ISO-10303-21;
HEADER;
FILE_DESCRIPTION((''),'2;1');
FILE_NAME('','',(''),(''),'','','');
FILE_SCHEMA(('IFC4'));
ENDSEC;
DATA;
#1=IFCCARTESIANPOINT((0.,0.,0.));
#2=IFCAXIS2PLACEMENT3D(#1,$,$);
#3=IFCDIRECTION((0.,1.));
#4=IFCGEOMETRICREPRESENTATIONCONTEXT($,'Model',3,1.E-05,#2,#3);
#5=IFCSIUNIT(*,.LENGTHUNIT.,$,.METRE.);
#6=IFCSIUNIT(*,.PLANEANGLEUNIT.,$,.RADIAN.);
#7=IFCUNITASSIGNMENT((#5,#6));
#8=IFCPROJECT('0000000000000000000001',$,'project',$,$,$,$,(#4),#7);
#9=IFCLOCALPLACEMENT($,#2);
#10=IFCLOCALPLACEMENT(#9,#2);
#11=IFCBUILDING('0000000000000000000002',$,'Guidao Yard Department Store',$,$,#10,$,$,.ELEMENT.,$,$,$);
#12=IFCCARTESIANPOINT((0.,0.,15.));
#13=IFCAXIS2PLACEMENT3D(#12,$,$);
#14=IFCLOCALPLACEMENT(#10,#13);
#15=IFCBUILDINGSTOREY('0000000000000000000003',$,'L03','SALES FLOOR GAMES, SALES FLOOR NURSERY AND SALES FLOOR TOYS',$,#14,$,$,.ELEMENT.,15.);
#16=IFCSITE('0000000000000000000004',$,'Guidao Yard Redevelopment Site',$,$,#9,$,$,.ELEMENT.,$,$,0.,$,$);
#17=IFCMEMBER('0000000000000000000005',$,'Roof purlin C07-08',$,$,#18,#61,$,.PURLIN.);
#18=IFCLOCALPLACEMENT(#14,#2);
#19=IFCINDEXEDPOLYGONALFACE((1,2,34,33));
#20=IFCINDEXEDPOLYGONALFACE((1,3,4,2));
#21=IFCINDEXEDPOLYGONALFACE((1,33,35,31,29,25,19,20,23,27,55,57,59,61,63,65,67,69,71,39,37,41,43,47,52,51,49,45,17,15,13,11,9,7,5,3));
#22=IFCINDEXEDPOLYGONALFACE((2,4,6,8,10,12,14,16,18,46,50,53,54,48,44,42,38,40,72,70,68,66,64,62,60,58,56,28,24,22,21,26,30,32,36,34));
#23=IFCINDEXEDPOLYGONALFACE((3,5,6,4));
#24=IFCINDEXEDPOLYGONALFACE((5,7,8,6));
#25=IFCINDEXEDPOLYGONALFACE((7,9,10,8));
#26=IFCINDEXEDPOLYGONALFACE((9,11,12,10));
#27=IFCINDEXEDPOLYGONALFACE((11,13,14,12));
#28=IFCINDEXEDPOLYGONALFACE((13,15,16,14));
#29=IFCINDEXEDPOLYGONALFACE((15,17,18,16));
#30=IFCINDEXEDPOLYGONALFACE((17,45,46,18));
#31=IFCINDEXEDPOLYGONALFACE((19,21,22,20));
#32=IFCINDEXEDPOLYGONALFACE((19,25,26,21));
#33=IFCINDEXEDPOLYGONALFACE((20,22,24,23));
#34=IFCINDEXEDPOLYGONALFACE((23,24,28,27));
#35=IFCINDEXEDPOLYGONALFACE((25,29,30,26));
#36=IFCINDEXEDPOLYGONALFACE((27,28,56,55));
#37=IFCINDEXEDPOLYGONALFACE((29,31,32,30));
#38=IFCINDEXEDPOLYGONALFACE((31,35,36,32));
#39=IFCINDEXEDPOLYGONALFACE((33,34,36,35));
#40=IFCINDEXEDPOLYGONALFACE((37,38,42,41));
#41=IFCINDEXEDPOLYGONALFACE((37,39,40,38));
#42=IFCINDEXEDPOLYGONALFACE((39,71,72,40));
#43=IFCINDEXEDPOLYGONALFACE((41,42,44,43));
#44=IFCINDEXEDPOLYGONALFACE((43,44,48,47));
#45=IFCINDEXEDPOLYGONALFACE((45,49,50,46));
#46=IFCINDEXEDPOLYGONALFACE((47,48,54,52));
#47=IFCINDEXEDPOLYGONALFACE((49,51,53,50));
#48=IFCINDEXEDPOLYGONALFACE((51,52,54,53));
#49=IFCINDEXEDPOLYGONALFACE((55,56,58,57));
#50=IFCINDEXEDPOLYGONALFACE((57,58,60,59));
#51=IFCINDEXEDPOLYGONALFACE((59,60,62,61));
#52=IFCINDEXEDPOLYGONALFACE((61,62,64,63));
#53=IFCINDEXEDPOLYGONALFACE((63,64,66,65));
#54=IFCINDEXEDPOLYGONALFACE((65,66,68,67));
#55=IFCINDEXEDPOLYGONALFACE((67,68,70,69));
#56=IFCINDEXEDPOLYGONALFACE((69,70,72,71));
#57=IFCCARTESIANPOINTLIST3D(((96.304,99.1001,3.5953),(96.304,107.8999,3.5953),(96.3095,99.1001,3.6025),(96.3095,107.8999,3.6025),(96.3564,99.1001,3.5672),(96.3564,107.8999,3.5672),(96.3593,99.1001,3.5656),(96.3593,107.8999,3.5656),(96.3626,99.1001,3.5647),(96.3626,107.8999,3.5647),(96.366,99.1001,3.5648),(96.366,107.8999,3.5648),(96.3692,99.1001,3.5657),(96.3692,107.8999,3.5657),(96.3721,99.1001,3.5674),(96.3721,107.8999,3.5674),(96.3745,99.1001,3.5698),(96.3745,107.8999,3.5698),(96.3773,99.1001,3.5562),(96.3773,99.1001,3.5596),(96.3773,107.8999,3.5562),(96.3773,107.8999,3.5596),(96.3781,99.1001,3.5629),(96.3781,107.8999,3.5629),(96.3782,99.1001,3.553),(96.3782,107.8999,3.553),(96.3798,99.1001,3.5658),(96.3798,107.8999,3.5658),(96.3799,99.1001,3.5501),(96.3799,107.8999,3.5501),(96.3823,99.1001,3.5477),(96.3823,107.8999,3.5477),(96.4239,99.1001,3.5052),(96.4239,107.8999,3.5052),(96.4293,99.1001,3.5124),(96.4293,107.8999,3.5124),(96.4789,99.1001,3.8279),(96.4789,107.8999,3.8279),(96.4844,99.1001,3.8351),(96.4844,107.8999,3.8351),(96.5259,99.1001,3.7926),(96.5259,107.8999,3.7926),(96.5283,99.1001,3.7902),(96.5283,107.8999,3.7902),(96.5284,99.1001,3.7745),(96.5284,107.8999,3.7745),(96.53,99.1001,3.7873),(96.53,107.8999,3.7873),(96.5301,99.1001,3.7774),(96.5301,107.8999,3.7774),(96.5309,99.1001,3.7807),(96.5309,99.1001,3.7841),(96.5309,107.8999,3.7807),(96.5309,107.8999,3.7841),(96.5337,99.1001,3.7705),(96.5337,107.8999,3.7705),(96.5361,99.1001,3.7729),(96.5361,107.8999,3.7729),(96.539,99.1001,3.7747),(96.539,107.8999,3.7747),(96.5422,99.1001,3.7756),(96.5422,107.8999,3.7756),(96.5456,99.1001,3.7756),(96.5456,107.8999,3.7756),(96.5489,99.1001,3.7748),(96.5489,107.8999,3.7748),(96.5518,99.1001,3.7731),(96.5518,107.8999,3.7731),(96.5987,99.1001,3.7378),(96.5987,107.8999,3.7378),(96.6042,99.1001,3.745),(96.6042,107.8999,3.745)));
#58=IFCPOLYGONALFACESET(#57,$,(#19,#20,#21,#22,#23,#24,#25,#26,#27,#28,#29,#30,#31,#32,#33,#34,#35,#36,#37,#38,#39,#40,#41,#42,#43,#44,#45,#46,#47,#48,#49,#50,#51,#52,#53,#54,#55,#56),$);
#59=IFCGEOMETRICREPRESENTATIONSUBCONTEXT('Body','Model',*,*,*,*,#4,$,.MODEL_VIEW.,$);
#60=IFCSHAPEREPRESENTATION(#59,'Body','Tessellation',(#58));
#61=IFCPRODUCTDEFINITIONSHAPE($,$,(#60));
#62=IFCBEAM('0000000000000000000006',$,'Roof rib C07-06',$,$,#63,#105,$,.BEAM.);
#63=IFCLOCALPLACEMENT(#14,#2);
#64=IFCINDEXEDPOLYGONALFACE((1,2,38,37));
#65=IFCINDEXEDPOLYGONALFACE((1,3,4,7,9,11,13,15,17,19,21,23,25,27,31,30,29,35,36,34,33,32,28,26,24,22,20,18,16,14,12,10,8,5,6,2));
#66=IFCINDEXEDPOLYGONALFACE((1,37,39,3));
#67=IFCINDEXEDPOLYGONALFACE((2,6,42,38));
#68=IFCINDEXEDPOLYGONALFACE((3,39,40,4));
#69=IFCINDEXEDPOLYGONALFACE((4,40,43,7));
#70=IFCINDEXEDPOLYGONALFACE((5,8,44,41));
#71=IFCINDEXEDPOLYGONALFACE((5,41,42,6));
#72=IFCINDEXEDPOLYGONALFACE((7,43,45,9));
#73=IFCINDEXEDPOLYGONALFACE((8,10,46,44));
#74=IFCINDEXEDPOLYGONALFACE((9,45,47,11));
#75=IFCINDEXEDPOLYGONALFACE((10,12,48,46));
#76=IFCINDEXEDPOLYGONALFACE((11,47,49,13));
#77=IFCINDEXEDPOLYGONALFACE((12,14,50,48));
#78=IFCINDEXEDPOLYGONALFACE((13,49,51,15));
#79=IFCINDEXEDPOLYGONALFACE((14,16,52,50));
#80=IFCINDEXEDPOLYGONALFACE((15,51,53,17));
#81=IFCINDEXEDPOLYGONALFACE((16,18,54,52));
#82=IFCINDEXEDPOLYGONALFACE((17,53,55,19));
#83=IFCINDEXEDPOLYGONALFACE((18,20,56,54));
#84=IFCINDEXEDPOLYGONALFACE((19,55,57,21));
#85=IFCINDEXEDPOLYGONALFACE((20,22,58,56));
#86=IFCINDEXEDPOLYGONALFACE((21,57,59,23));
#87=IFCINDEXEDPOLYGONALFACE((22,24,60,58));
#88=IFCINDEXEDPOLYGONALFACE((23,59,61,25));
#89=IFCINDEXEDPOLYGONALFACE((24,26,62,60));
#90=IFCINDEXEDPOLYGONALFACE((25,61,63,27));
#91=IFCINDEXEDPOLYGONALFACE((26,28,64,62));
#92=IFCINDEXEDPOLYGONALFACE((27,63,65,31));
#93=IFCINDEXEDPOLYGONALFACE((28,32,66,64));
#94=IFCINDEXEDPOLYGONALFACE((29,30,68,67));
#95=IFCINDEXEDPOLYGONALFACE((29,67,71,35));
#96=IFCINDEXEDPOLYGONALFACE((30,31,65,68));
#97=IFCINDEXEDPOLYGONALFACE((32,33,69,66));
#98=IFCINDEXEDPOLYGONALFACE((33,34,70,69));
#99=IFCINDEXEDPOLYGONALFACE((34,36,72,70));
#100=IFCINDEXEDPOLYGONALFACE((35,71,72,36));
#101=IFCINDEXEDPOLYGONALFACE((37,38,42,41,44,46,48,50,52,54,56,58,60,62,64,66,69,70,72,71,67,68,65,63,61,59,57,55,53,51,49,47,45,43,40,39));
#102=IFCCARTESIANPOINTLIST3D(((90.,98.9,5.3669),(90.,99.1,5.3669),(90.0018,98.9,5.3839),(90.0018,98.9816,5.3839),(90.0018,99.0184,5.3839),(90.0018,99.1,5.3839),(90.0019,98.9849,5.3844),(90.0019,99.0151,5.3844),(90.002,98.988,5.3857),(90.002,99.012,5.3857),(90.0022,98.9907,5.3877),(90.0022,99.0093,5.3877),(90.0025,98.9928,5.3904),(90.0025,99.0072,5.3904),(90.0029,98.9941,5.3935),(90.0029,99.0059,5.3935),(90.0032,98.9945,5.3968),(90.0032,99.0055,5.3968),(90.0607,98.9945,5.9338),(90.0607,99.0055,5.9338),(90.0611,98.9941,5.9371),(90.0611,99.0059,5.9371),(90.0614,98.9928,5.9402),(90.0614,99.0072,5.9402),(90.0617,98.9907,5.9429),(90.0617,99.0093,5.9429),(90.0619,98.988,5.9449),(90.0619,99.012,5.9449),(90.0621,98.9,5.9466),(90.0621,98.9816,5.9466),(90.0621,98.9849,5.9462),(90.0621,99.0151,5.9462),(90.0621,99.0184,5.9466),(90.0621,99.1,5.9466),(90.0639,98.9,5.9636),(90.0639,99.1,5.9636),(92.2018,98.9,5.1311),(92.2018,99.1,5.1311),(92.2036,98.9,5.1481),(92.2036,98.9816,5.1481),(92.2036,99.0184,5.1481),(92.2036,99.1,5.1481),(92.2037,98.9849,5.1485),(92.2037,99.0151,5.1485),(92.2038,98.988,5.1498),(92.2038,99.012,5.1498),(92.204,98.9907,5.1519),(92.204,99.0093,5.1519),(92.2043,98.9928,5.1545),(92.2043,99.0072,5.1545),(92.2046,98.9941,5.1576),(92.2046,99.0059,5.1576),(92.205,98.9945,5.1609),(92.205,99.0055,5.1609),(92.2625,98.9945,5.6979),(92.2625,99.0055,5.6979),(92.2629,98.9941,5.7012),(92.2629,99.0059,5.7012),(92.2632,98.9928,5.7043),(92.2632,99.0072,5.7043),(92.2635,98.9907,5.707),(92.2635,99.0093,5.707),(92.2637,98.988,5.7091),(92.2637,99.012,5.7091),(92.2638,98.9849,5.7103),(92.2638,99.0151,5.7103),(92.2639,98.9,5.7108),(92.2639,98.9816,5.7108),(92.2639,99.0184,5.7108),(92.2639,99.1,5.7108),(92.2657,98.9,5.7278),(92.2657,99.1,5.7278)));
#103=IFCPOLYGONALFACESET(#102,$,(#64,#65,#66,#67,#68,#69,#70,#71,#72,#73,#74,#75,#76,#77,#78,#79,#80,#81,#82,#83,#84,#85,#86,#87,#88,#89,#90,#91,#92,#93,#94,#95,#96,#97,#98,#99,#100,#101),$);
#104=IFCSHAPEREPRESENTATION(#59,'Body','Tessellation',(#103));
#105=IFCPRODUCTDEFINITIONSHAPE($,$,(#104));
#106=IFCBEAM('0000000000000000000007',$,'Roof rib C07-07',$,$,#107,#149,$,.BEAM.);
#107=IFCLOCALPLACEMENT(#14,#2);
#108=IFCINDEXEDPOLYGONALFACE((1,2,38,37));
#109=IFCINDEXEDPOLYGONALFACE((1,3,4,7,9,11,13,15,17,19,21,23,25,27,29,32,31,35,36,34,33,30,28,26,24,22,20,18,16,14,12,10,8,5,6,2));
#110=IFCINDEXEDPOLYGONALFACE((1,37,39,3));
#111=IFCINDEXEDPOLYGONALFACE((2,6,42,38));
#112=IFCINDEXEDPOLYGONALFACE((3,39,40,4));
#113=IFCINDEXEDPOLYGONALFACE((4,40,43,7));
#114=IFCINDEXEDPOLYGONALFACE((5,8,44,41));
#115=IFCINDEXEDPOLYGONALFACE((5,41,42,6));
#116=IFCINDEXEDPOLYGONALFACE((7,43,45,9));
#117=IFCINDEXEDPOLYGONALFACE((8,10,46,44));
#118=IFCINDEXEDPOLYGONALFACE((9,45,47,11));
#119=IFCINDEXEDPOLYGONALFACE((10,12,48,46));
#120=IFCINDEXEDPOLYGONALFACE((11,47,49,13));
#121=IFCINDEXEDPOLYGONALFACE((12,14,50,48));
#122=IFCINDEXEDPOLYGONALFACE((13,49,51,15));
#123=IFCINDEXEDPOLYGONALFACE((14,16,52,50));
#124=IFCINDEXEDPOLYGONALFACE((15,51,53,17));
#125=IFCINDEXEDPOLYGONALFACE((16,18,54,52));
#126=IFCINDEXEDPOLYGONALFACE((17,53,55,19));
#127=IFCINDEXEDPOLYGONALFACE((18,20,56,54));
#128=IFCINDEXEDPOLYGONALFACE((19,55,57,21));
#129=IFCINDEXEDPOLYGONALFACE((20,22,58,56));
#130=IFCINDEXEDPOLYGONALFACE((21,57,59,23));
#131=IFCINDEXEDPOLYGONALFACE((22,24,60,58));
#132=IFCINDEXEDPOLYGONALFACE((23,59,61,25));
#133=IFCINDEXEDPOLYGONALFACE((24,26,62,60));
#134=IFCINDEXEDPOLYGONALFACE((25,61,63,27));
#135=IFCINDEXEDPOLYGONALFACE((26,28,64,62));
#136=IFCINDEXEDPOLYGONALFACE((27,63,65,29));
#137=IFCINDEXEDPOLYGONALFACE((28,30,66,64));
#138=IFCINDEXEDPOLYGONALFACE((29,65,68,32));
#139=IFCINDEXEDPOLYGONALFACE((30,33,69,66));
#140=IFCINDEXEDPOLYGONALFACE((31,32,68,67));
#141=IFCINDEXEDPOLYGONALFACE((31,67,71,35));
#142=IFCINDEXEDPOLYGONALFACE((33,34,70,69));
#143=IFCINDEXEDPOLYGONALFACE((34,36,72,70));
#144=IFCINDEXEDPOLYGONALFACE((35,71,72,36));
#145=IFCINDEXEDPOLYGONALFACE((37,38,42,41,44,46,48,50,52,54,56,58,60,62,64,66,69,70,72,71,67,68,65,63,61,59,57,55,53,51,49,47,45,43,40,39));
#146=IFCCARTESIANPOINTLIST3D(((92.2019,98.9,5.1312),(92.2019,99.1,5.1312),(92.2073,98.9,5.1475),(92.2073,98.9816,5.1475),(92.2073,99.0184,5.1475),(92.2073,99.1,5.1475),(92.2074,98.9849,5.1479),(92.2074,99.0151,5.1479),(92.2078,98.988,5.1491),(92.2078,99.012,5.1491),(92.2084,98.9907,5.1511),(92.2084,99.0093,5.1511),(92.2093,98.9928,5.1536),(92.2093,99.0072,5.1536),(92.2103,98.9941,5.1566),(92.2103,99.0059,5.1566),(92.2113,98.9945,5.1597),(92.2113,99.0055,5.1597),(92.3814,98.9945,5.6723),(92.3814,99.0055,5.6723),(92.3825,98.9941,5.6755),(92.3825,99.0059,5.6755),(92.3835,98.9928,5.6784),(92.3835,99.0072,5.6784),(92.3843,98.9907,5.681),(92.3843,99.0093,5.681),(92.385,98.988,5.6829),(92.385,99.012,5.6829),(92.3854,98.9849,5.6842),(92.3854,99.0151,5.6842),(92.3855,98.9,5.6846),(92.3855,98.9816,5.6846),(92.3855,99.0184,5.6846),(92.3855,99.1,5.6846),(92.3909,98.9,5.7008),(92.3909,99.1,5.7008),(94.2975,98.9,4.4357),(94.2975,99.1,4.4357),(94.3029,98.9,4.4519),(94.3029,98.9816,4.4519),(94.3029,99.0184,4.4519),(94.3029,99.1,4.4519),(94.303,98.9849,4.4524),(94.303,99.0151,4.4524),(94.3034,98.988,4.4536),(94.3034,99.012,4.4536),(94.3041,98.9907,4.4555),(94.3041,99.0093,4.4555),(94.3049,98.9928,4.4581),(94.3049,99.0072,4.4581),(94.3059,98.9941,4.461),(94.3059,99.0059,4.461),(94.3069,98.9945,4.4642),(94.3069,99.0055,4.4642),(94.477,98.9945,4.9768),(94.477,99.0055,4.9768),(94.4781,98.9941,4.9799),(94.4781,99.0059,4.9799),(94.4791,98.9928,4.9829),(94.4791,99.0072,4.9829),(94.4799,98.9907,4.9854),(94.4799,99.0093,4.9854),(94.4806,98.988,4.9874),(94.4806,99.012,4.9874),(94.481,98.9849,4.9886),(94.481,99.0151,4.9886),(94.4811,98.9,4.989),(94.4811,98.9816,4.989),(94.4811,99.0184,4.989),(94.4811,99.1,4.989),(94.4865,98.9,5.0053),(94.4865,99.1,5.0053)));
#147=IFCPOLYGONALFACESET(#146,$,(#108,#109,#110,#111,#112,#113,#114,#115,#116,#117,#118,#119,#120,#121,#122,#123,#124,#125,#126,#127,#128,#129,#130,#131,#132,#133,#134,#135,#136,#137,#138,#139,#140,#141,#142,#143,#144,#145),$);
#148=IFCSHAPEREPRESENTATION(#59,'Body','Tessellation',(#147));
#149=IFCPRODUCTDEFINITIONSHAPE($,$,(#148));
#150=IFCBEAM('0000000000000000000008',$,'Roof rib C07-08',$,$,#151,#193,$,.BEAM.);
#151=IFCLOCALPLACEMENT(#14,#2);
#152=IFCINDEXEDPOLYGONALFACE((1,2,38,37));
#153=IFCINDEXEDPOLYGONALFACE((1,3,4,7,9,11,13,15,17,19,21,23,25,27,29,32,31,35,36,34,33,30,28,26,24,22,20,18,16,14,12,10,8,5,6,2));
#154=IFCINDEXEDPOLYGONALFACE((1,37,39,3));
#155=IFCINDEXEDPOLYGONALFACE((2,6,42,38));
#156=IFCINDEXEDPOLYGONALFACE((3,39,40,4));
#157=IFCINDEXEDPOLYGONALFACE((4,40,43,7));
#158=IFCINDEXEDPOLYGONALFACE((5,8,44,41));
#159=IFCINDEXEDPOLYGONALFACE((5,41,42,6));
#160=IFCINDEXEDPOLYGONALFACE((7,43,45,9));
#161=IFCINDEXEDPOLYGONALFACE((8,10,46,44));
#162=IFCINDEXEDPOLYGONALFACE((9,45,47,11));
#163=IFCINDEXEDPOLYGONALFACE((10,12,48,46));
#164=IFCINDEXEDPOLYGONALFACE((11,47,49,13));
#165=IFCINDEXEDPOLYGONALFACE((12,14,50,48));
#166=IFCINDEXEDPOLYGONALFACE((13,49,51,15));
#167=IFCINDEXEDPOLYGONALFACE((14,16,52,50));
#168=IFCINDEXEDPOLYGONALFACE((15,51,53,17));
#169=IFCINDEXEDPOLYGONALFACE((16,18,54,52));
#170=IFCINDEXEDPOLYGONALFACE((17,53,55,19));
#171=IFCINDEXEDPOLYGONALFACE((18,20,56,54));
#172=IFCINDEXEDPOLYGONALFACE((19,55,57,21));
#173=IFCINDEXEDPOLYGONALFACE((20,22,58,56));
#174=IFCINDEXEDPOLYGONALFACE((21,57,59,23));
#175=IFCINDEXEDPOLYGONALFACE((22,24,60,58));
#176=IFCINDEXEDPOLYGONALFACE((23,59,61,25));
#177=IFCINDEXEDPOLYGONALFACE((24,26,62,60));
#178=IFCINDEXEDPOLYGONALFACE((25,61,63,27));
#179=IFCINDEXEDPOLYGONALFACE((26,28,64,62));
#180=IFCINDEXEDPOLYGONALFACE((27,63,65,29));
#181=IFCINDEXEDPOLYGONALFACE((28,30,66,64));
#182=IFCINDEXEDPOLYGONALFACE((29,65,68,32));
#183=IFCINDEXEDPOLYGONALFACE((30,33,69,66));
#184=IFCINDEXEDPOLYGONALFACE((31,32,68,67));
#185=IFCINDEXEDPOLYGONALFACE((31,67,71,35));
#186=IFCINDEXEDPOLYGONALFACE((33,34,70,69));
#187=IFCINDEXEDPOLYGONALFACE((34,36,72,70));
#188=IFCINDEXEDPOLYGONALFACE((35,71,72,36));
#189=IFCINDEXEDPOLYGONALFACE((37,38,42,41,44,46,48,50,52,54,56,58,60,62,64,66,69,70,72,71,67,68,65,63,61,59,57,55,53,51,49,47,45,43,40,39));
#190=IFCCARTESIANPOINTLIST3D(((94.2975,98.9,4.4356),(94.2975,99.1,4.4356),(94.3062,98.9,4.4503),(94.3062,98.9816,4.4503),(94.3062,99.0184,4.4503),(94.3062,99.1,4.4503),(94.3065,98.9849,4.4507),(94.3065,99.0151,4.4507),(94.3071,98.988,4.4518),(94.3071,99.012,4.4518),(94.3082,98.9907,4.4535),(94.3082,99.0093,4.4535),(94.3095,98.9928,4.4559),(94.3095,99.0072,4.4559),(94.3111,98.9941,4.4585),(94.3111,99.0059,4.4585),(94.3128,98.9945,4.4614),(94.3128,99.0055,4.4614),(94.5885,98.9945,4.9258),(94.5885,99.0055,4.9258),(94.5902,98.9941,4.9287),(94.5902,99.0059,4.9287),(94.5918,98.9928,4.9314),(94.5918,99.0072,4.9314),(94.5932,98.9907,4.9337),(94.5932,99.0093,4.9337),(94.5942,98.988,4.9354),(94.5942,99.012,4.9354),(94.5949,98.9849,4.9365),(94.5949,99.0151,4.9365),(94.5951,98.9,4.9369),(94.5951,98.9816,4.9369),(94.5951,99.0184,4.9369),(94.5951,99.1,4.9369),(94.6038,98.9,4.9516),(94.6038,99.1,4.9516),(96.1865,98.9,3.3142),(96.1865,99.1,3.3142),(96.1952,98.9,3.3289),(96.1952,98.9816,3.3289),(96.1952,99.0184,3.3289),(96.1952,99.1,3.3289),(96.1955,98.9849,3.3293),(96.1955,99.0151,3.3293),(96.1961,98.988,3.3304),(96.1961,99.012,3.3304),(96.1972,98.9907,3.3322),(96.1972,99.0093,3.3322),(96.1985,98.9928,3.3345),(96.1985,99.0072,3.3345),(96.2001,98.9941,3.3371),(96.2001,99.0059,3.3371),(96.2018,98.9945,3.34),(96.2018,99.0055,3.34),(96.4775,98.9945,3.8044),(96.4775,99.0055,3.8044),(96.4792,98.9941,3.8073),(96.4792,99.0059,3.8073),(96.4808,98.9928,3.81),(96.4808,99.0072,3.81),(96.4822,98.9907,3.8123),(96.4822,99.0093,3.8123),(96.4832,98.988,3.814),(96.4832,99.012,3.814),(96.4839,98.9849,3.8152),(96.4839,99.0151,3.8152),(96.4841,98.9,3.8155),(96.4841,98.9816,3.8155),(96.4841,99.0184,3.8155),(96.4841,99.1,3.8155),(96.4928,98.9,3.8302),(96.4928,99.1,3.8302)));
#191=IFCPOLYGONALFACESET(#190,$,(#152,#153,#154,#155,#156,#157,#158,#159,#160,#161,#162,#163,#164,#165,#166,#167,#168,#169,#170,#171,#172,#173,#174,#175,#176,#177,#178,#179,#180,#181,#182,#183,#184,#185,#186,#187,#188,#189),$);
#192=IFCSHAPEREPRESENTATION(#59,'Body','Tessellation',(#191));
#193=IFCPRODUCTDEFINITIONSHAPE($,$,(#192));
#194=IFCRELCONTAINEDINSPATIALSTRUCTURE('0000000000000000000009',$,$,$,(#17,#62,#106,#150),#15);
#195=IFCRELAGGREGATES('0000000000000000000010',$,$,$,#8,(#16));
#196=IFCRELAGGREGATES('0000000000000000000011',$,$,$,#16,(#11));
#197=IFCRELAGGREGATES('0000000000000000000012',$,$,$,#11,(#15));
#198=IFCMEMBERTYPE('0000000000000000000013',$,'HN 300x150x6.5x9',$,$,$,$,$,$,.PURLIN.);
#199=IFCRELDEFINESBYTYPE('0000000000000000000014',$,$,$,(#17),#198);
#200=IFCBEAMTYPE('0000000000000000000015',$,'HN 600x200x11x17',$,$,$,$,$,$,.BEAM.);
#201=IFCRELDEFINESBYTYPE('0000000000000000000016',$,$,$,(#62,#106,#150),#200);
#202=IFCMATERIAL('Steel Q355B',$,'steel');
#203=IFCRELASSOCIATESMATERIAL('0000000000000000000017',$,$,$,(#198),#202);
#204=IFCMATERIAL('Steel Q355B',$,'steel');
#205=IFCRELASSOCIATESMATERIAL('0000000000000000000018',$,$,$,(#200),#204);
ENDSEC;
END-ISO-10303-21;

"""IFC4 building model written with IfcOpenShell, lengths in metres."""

from ifc_helpers import new_model, si_unit, direction, frame, origin, origin_2d, place, context, subcontext, project, spatial, i_section, extrude, material, material_profile, profile_set, type_object, element, save


model = new_model("IFC4")

# Units and contexts
model_context = context("Model", 3, precision=1e-05, world=origin(), true_north=direction((0.0, 1.0)))
body_context = subcontext(model_context, "Body", "Model", "MODEL_VIEW")
ifc_project = project(units=[si_unit("LENGTHUNIT", "METRE"), si_unit("PLANEANGLEUNIT", "RADIAN")], contexts=[model_context])

# Site, building, storey
site_placement = place(None, origin())
site = spatial("IfcSite", under=ifc_project, at=site_placement, Name="Guidao Yard Redevelopment Site", CompositionType="ELEMENT", RefElevation=0.0)
building_placement = place(site_placement, origin())
building = spatial("IfcBuilding", under=site, at=building_placement, Name="Guidao Yard Department Store", CompositionType="ELEMENT")
storey_placement = place(building_placement, frame((0.0, 0.0, 15.0)))
storey = spatial("IfcBuildingStorey", under=building, at=storey_placement, Name="L03", Description="SALES FLOOR GAMES, SALES FLOOR NURSERY AND SALES FLOOR TOYS", CompositionType="ELEMENT", Elevation=15.0)

# Member
ifc_material_1 = material(Name="Steel Q355B", Category="steel")
ifc_material_profile_1 = material_profile(ifc_material_1, i_section(OverallWidth=0.1499, OverallDepth=0.3, WebThickness=0.0066, FlangeThickness=0.009, FilletRadius=0.0129, at=origin_2d()), Name="HN 300x150x6.5x9")
ifc_profile_set_1 = profile_set([ifc_material_profile_1], Name="Steel Q355B")
member_type_1 = type_object("IfcMemberType", Name="HN 300x150x6.5x9", PredefinedType="PURLIN", material=ifc_profile_set_1)
for number, where, z_axis, x_axis, name in (
    (1, (96.4541, 99.1001, 3.6702), (0.0, 1.0, 0.0), (-0.799284, 0.0, 0.600954), "Roof purlin C07-08"),
):
    element("IfcMember", number, at=place(storey_placement, frame(where, z_axis=z_axis, x_axis=x_axis)), inside=storey, type_object=member_type_1, Name=name, PredefinedType="PURLIN", context=body_context, shape_type="SweptSolid", body=[
        extrude(i_section(OverallWidth=0.1499, OverallDepth=0.3, WebThickness=0.0066, FlangeThickness=0.009, FilletRadius=0.0129, at=origin_2d()), origin(), (0.0, 0.0, 1.0), 8.7998),
    ])

# Beams
ifc_material_2 = material(Name="Steel Q355B", Category="steel")
ifc_material_profile_2 = material_profile(ifc_material_2, i_section(OverallWidth=0.2, OverallDepth=0.6001, WebThickness=0.011, FlangeThickness=0.0171, FilletRadius=0.0129, at=origin_2d()), Name="HN 600x200x11x17")
ifc_profile_set_2 = profile_set([ifc_material_profile_2], Name="Steel Q355B")
beam_type = type_object("IfcBeamType", Name="HN 600x200x11x17", PredefinedType="BEAM", material=ifc_profile_set_2)
beam_1_placement = place(storey_placement, frame((90.032, 99.0, 5.6653), z_axis=(0.994312, 0.0, -0.10651), x_axis=(0.0, 1.0, 0.0)))
element("IfcBeam", 2, at=beam_1_placement, inside=storey, type_object=beam_type, Name="Roof rib C07-06", PredefinedType="BEAM", context=body_context, shape_type="SweptSolid", body=[
    extrude(i_section(OverallWidth=0.2, OverallDepth=0.6001, WebThickness=0.011, FlangeThickness=0.0171, FilletRadius=0.0129, at=origin_2d()), origin(), (0.0, 0.0, 1.0), 2.2144),
])
beam_2_placement = place(storey_placement, frame((92.2964, 99.0, 5.416), z_axis=(0.949092, 0.0, -0.315), x_axis=(0.0, 1.0, 0.0)))
element("IfcBeam", 3, at=beam_2_placement, inside=storey, type_object=beam_type, Name="Roof rib C07-07", PredefinedType="BEAM", context=body_context, shape_type="SweptSolid", body=[
    extrude(i_section(OverallWidth=0.2, OverallDepth=0.6001, WebThickness=0.011, FlangeThickness=0.0171, FilletRadius=0.0129, at=origin_2d()), origin(), (0.0, 0.0, 1.0), 2.208),
])
beam_3_placement = place(storey_placement, frame((94.4507, 99.0, 4.6936), z_axis=(0.859896, 0.0, -0.510469), x_axis=(0.0, 1.0, 0.0)))
element("IfcBeam", 4, at=beam_3_placement, inside=storey, type_object=beam_type, Name="Roof rib C07-08", PredefinedType="BEAM", context=body_context, shape_type="SweptSolid", body=[
    extrude(i_section(OverallWidth=0.2, OverallDepth=0.6001, WebThickness=0.011, FlangeThickness=0.0171, FilletRadius=0.0129, at=origin_2d()), origin(), (0.0, 0.0, 1.0), 2.1968),
])

save(model, "model.ifc")
